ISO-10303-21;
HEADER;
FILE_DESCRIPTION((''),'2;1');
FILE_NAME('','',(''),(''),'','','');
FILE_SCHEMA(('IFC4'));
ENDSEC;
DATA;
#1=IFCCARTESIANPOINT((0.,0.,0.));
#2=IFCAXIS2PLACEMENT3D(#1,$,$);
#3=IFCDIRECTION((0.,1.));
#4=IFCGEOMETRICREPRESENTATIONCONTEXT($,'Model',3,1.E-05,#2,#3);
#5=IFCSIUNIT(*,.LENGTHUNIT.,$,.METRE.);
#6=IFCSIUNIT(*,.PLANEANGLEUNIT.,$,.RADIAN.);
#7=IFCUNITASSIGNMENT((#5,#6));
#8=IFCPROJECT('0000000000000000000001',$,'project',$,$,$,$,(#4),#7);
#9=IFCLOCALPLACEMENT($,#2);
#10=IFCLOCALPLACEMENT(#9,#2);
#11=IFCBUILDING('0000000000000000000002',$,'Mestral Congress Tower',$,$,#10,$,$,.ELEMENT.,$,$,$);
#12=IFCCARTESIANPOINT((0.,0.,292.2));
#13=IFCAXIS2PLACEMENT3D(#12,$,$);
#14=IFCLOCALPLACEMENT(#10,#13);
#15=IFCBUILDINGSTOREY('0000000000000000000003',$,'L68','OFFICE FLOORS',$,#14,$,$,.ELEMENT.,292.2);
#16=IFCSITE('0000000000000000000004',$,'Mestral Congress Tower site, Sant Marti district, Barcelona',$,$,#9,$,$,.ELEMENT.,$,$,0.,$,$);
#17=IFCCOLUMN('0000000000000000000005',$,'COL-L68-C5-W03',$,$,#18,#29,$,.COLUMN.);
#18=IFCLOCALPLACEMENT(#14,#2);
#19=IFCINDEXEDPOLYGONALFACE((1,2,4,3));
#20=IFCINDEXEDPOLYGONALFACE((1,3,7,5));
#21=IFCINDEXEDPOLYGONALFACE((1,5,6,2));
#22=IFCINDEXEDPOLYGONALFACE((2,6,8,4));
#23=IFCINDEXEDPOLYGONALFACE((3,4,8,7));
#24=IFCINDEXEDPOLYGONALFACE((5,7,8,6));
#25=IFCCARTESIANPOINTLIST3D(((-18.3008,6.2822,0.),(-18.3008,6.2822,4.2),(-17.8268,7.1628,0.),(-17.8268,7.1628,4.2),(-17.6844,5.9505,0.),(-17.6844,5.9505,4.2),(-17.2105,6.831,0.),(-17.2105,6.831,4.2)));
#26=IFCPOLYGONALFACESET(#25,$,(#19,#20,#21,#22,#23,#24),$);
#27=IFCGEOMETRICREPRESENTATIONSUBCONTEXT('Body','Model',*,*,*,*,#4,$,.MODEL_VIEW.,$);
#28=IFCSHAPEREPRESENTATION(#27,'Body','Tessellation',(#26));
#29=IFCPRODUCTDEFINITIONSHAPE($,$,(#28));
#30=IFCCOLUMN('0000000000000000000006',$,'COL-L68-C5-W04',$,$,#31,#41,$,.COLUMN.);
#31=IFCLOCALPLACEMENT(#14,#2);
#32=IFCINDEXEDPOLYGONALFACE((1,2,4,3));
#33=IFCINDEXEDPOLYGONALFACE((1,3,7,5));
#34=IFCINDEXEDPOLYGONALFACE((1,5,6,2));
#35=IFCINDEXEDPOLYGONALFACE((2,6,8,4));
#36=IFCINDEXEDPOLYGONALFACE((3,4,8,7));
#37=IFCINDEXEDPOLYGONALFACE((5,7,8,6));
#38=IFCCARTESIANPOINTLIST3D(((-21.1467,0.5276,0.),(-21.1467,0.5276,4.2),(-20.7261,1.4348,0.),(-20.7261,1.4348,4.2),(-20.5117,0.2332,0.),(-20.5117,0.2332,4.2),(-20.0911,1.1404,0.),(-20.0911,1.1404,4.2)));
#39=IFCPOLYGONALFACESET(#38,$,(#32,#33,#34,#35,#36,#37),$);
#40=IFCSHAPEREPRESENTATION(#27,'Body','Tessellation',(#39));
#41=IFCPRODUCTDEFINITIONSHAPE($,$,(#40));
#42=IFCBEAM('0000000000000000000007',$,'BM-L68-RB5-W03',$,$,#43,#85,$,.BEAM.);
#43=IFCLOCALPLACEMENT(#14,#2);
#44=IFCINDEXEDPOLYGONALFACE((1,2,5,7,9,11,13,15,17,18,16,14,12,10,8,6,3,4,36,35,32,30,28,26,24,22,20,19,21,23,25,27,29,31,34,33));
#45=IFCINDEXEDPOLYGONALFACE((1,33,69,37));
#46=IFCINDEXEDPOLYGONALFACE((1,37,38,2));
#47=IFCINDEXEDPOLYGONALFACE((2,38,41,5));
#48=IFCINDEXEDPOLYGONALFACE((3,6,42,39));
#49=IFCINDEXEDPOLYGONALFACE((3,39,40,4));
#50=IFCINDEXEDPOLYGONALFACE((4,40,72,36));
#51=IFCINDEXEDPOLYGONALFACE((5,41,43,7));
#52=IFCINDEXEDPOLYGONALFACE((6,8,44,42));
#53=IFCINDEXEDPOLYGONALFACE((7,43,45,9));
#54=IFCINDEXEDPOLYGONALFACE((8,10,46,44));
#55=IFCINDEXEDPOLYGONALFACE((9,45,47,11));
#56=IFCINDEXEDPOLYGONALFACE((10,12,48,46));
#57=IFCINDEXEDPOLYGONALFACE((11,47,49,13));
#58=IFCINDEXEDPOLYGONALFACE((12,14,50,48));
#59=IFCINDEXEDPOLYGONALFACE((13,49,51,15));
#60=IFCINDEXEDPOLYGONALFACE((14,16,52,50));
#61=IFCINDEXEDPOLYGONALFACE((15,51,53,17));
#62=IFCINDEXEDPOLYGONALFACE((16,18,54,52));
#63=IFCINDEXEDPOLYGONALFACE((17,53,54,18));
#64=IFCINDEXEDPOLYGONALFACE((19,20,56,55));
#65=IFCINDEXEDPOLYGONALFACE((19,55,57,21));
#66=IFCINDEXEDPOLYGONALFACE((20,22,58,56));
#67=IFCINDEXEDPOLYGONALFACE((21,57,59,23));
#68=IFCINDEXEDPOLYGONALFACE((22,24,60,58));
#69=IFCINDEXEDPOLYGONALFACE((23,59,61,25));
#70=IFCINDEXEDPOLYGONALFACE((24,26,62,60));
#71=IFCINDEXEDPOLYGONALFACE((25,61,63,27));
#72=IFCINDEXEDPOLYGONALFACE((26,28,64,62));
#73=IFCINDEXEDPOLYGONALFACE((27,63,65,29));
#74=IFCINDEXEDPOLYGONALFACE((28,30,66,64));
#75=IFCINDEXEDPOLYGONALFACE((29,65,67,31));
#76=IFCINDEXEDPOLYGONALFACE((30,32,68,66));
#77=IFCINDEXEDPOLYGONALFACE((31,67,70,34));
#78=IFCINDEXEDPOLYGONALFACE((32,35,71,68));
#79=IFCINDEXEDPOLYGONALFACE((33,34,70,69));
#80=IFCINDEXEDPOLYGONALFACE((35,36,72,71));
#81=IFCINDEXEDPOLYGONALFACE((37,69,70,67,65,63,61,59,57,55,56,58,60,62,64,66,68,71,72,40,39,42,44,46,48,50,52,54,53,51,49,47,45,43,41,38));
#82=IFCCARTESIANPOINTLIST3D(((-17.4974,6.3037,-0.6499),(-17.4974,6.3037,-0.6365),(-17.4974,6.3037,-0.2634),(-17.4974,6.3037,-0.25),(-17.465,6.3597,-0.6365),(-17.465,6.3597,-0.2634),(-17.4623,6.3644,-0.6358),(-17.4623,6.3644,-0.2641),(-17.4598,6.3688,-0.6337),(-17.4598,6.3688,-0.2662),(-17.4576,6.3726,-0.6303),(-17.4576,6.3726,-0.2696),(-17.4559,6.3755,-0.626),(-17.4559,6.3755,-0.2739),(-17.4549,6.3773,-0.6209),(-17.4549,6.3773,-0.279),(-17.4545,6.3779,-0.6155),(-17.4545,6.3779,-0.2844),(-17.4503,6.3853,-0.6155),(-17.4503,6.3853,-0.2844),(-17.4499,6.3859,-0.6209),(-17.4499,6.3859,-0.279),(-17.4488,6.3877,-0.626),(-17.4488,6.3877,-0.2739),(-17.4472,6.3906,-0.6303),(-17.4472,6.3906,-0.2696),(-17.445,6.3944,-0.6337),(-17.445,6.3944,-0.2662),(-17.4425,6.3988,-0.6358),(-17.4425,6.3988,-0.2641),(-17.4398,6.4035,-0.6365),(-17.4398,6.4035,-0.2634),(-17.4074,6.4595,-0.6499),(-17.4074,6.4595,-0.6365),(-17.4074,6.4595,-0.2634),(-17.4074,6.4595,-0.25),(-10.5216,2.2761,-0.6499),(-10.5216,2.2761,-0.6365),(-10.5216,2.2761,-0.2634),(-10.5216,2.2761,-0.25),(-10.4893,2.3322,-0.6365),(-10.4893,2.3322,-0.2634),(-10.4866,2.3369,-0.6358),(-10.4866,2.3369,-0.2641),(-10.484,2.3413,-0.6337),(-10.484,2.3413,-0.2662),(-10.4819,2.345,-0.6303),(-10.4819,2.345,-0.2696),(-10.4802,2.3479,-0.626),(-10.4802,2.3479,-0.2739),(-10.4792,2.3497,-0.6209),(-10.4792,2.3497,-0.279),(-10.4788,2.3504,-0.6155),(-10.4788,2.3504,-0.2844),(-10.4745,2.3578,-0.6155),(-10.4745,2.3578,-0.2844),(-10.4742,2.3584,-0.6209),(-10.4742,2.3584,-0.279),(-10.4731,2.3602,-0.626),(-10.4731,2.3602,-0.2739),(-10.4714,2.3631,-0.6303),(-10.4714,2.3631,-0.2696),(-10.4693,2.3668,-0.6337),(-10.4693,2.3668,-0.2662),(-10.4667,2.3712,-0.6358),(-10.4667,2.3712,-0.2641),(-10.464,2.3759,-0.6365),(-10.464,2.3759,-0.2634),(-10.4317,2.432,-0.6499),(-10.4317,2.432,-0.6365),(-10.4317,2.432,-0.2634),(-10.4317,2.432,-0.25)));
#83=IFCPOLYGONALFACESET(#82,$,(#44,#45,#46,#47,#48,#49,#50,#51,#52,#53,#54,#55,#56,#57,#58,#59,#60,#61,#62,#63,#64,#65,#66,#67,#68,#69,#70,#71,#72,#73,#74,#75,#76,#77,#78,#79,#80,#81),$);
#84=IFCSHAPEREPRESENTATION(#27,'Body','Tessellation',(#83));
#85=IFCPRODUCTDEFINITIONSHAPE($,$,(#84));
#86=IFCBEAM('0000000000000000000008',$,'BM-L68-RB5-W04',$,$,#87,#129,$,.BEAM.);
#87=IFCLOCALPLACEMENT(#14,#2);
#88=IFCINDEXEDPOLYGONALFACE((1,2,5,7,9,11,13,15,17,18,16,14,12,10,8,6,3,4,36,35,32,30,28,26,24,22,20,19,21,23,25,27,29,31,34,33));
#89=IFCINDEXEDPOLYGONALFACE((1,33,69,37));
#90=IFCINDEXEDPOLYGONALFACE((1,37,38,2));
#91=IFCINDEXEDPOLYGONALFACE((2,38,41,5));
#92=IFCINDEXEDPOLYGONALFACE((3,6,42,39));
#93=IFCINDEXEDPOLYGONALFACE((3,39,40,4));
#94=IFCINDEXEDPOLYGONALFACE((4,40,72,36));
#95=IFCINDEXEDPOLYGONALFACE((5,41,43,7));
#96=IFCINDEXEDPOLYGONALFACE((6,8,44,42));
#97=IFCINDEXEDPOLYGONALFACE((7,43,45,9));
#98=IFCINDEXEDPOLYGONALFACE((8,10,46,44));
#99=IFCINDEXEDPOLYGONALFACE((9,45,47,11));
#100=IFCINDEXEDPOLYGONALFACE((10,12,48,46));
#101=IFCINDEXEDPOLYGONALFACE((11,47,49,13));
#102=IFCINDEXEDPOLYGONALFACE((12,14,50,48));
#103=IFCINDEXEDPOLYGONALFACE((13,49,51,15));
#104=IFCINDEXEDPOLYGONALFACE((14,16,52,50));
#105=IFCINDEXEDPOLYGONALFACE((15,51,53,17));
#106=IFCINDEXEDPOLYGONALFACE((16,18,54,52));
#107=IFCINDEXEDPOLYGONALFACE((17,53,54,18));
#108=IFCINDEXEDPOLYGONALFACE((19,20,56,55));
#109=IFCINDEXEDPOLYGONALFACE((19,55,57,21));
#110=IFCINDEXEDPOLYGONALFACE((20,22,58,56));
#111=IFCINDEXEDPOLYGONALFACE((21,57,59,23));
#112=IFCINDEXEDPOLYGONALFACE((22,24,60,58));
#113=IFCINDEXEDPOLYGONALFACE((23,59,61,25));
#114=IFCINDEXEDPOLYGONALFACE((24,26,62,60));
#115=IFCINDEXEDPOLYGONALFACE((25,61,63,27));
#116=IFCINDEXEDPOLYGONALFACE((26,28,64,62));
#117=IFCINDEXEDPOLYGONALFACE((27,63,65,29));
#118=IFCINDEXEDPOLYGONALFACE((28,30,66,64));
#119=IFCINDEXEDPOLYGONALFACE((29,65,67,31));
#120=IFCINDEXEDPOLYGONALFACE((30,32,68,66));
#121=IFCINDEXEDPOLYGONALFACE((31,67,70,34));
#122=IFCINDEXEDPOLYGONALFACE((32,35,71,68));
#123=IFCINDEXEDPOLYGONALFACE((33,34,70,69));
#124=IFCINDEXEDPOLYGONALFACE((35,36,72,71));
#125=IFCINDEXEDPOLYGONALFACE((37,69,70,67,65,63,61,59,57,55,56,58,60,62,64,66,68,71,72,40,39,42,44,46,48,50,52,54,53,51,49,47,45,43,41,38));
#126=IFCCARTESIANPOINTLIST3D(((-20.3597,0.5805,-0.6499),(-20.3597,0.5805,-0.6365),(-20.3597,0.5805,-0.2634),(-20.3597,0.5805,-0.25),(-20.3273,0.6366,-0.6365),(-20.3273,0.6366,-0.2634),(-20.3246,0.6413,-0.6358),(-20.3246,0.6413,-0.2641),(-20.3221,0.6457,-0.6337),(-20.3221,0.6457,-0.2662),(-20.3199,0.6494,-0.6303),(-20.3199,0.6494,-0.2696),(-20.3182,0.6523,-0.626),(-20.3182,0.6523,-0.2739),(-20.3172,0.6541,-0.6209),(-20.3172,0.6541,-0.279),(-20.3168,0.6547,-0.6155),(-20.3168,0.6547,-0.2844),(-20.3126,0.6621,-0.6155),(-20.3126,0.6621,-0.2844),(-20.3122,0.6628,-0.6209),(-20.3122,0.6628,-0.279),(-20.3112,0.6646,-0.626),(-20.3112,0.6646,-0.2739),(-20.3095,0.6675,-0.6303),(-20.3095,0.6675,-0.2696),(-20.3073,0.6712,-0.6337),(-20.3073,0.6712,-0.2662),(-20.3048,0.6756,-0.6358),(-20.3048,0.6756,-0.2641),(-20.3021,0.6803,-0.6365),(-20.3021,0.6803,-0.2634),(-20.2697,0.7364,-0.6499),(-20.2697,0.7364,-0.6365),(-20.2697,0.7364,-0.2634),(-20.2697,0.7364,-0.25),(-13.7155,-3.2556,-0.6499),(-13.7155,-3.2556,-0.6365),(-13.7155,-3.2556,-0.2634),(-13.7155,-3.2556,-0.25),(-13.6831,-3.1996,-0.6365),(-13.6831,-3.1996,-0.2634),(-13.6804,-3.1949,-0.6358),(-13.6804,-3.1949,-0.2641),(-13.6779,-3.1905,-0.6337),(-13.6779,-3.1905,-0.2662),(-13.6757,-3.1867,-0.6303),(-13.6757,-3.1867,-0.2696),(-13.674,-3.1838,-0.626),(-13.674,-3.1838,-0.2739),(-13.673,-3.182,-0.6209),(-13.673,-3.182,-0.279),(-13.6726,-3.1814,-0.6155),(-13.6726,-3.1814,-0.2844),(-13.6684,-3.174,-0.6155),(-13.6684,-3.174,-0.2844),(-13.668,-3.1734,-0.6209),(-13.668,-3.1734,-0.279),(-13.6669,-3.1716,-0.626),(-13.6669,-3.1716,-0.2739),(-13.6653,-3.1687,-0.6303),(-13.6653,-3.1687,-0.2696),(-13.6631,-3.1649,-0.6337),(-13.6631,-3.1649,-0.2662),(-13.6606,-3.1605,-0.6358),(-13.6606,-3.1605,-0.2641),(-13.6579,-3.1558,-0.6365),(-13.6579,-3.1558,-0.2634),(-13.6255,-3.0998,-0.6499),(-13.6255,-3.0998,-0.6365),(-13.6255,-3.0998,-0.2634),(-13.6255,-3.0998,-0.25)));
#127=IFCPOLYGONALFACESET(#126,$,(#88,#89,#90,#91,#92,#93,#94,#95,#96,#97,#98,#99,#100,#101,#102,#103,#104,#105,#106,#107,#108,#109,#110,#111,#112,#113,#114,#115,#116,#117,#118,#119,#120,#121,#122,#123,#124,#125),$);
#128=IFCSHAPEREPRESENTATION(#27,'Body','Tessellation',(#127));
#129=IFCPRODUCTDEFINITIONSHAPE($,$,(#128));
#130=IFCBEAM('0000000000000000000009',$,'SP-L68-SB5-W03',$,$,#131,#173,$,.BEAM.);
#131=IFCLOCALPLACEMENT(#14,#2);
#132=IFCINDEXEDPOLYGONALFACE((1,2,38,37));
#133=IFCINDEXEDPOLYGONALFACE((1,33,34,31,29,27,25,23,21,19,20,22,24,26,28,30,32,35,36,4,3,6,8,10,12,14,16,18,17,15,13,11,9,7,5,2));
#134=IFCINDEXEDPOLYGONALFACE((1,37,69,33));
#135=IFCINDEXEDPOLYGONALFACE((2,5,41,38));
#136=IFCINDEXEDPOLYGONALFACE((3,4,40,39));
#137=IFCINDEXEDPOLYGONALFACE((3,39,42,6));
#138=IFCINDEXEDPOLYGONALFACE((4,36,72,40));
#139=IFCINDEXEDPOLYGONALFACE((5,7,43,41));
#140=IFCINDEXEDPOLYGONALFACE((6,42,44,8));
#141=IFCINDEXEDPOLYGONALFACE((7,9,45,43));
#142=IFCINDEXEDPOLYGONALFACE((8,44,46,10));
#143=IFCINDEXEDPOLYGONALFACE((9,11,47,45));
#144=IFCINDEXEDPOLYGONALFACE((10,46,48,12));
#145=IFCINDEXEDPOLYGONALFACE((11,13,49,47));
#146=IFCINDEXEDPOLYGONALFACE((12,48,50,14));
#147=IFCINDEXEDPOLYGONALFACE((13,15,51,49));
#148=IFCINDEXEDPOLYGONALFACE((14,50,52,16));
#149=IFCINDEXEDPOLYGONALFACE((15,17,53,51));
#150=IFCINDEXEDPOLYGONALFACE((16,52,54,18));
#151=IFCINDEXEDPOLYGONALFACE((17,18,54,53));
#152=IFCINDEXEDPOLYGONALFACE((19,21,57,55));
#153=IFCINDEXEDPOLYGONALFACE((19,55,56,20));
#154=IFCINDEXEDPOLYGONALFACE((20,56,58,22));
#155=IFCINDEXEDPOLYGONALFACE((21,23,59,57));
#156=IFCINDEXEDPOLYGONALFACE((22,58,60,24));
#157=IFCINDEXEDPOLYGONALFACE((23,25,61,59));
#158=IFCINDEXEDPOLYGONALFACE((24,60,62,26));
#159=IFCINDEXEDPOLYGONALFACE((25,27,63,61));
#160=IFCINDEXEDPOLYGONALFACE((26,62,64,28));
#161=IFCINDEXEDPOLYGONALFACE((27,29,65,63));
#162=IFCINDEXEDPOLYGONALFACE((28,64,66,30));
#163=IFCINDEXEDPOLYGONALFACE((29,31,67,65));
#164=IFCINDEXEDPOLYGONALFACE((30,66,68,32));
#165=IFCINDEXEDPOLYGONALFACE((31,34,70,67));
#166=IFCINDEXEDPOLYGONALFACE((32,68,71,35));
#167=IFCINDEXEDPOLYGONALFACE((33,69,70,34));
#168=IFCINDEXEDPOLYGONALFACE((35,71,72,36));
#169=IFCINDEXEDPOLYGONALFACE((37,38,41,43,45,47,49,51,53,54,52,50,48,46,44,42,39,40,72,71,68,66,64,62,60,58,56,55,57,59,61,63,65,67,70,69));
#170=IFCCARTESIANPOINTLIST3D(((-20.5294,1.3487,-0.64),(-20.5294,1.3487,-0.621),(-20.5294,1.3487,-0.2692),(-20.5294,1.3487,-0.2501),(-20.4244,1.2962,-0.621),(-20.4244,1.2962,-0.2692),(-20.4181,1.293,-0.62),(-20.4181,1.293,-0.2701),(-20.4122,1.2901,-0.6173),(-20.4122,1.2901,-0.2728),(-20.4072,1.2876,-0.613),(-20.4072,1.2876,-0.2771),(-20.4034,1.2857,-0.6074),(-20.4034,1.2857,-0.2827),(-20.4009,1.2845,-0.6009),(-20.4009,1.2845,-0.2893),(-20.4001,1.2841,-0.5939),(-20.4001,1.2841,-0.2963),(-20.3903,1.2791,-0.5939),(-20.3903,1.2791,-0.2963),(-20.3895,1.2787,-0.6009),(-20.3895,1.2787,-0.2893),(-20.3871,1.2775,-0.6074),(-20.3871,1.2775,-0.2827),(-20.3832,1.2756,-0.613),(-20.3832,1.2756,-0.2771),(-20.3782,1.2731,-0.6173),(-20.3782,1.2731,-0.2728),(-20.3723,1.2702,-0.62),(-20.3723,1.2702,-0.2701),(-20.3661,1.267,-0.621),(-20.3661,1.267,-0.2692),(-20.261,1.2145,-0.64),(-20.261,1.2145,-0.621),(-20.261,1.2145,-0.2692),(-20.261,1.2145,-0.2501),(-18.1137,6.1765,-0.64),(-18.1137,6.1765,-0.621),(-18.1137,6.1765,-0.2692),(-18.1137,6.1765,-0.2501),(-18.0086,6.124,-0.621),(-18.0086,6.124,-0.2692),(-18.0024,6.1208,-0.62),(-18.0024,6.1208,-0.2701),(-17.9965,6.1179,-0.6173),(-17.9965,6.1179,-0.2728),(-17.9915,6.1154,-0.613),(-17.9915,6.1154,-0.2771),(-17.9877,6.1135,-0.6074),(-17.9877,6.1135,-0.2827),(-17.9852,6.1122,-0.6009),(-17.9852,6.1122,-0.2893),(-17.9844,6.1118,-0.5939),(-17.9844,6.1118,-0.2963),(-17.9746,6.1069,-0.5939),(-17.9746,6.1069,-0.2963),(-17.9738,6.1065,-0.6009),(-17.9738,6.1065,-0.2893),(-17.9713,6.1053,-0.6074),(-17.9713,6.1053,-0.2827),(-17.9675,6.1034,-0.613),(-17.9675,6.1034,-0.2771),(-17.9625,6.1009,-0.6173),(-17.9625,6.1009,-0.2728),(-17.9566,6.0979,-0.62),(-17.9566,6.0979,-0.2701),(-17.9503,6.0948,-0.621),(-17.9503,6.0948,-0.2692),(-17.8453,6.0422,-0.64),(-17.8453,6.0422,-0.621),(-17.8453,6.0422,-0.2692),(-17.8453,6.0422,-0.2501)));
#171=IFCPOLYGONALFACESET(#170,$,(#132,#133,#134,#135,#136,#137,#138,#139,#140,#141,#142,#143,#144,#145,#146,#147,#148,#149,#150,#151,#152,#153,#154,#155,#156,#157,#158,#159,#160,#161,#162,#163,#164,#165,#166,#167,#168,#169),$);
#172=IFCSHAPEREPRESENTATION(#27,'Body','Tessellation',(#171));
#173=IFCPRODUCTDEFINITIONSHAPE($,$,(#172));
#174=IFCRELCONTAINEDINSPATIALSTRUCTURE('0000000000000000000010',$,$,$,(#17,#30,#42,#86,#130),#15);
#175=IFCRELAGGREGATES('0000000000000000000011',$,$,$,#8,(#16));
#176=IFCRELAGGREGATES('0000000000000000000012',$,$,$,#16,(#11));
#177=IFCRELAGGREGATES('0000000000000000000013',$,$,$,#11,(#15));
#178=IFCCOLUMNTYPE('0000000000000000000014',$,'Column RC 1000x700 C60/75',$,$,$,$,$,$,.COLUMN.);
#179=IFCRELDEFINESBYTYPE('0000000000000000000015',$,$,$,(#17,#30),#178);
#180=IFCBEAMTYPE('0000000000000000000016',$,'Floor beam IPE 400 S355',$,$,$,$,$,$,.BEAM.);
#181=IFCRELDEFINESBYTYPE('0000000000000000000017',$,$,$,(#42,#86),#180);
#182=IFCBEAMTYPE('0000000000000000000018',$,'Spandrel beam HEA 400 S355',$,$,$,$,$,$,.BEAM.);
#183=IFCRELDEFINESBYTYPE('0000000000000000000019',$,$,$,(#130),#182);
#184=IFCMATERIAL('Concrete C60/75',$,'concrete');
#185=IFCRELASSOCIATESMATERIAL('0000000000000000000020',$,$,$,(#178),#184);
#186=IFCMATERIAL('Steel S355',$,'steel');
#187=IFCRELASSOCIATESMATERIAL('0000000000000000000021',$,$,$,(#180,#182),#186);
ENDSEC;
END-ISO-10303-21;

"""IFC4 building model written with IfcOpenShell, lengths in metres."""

from ifc_helpers import new_model, si_unit, direction, frame, origin, origin_2d, place, context, subcontext, project, spatial, rectangle, i_section, extrude, material, material_profile, profile_set, type_object, element, save


model = new_model("IFC4")

# Units and contexts
model_context = context("Model", 3, precision=1e-05, world=origin(), true_north=direction((0.0, 1.0)))
body_context = subcontext(model_context, "Body", "Model", "MODEL_VIEW")
ifc_project = project(units=[si_unit("LENGTHUNIT", "METRE"), si_unit("PLANEANGLEUNIT", "RADIAN")], contexts=[model_context])

# Site, building, storey
site_placement = place(None, origin())
site = spatial("IfcSite", under=ifc_project, at=site_placement, Name="Mestral Congress Tower site, Sant Marti district, Barcelona", CompositionType="ELEMENT", RefElevation=0.0)
building_placement = place(site_placement, origin())
building = spatial("IfcBuilding", under=site, at=building_placement, Name="Mestral Congress Tower", CompositionType="ELEMENT")
storey_placement = place(building_placement, frame((0.0, 0.0, 292.2)))
storey = spatial("IfcBuildingStorey", under=building, at=storey_placement, Name="L68", Description="OFFICE FLOORS", CompositionType="ELEMENT", Elevation=292.2)

# Columns
ifc_material_1 = material(Name="Concrete C60/75", Category="concrete")
ifc_material_profile_1 = material_profile(ifc_material_1, rectangle(XDim=1.0, YDim=0.7, at=origin_2d()), Name="RC 1000x700")
ifc_profile_set_1 = profile_set([ifc_material_profile_1], Name="Concrete C60/75")
column_type = type_object("IfcColumnType", Name="Column RC 1000x700 C60/75", PredefinedType="COLUMN", material=ifc_profile_set_1)
for number, where, z_axis, x_axis, name in (
    (1, (-17.7556, 6.5566, 0.0), (0.0, 0.0, 1.0), (-0.473945, -0.880554, 0.0), "COL-L68-C5-W03"),
    (2, (-20.6189, 0.834, 0.0), (0.0, 0.0, 1.0), (-0.420596, -0.907248, 0.0), "COL-L68-C5-W04"),
):
    element("IfcColumn", number, at=place(storey_placement, frame(where, z_axis=z_axis, x_axis=x_axis)), inside=storey, type_object=column_type, Name=name, PredefinedType="COLUMN", context=body_context, shape_type="SweptSolid", body=[
        extrude(rectangle(XDim=1.0, YDim=0.7, at=origin_2d()), origin(), (0.0, 0.0, 1.0), 4.2),
    ])

# Beams
ifc_material_2 = material(Name="Steel S355", Category="steel")
ifc_material_profile_2 = material_profile(ifc_material_2, i_section(OverallWidth=0.1799, OverallDepth=0.3999, WebThickness=0.0085, FlangeThickness=0.0134, FilletRadius=0.021, at=origin_2d()), Name="IPE 400")
ifc_profile_set_2 = profile_set([ifc_material_profile_2], Name="Steel S355")
beam_type_1 = type_object("IfcBeamType", Name="Floor beam IPE 400 S355", PredefinedType="BEAM", material=ifc_profile_set_2)
beam_1_placement = place(storey_placement, frame((-17.4524, 6.3816, -0.45), z_axis=(0.866021, -0.500008, 0.0), x_axis=(0.500008, 0.866021, 0.0)))
element("IfcBeam", 3, at=beam_1_placement, inside=storey, type_object=beam_type_1, Name="BM-L68-RB5-W03", PredefinedType="BEAM", context=body_context, shape_type="SweptSolid", body=[
    extrude(i_section(OverallWidth=0.1799, OverallDepth=0.3999, WebThickness=0.0085, FlangeThickness=0.0134, FilletRadius=0.021, at=origin_2d()), origin(), (0.0, 0.0, 1.0), 8.0549),
])
beam_2_placement = place(storey_placement, frame((-20.3147, 0.6584, -0.45), z_axis=(0.86602, -0.50001, 0.0), x_axis=(0.50001, 0.86602, 0.0)))
element("IfcBeam", 4, at=beam_2_placement, inside=storey, type_object=beam_type_1, Name="BM-L68-RB5-W04", PredefinedType="BEAM", context=body_context, shape_type="SweptSolid", body=[
    extrude(i_section(OverallWidth=0.1799, OverallDepth=0.3999, WebThickness=0.0085, FlangeThickness=0.0134, FilletRadius=0.021, at=origin_2d()), origin(), (0.0, 0.0, 1.0), 7.6721),
])
ifc_material_profile_3 = material_profile(ifc_material_2, i_section(OverallWidth=0.3, OverallDepth=0.3899, WebThickness=0.011, FlangeThickness=0.019, FilletRadius=0.0271, at=origin_2d()), Name="HEA 400")
ifc_profile_set_3 = profile_set([ifc_material_profile_3], Name="Steel S355")
beam_type_2 = type_object("IfcBeamType", Name="Spandrel beam HEA 400 S355", PredefinedType="BEAM", material=ifc_profile_set_3)
beam_3_placement = place(storey_placement, frame((-17.9795, 6.1094, -0.4451), z_axis=(-0.447485, -0.894291, 0.0), x_axis=(0.894291, -0.447485, 0.0)))
element("IfcBeam", 5, at=beam_3_placement, inside=storey, type_object=beam_type_2, Name="SP-L68-SB5-W03", PredefinedType="BEAM", context=body_context, shape_type="SweptSolid", body=[
    extrude(i_section(OverallWidth=0.3, OverallDepth=0.3899, WebThickness=0.011, FlangeThickness=0.019, FilletRadius=0.0271, at=origin_2d()), origin(), (0.0, 0.0, 1.0), 5.3984),
])

save(model, "model.ifc")
